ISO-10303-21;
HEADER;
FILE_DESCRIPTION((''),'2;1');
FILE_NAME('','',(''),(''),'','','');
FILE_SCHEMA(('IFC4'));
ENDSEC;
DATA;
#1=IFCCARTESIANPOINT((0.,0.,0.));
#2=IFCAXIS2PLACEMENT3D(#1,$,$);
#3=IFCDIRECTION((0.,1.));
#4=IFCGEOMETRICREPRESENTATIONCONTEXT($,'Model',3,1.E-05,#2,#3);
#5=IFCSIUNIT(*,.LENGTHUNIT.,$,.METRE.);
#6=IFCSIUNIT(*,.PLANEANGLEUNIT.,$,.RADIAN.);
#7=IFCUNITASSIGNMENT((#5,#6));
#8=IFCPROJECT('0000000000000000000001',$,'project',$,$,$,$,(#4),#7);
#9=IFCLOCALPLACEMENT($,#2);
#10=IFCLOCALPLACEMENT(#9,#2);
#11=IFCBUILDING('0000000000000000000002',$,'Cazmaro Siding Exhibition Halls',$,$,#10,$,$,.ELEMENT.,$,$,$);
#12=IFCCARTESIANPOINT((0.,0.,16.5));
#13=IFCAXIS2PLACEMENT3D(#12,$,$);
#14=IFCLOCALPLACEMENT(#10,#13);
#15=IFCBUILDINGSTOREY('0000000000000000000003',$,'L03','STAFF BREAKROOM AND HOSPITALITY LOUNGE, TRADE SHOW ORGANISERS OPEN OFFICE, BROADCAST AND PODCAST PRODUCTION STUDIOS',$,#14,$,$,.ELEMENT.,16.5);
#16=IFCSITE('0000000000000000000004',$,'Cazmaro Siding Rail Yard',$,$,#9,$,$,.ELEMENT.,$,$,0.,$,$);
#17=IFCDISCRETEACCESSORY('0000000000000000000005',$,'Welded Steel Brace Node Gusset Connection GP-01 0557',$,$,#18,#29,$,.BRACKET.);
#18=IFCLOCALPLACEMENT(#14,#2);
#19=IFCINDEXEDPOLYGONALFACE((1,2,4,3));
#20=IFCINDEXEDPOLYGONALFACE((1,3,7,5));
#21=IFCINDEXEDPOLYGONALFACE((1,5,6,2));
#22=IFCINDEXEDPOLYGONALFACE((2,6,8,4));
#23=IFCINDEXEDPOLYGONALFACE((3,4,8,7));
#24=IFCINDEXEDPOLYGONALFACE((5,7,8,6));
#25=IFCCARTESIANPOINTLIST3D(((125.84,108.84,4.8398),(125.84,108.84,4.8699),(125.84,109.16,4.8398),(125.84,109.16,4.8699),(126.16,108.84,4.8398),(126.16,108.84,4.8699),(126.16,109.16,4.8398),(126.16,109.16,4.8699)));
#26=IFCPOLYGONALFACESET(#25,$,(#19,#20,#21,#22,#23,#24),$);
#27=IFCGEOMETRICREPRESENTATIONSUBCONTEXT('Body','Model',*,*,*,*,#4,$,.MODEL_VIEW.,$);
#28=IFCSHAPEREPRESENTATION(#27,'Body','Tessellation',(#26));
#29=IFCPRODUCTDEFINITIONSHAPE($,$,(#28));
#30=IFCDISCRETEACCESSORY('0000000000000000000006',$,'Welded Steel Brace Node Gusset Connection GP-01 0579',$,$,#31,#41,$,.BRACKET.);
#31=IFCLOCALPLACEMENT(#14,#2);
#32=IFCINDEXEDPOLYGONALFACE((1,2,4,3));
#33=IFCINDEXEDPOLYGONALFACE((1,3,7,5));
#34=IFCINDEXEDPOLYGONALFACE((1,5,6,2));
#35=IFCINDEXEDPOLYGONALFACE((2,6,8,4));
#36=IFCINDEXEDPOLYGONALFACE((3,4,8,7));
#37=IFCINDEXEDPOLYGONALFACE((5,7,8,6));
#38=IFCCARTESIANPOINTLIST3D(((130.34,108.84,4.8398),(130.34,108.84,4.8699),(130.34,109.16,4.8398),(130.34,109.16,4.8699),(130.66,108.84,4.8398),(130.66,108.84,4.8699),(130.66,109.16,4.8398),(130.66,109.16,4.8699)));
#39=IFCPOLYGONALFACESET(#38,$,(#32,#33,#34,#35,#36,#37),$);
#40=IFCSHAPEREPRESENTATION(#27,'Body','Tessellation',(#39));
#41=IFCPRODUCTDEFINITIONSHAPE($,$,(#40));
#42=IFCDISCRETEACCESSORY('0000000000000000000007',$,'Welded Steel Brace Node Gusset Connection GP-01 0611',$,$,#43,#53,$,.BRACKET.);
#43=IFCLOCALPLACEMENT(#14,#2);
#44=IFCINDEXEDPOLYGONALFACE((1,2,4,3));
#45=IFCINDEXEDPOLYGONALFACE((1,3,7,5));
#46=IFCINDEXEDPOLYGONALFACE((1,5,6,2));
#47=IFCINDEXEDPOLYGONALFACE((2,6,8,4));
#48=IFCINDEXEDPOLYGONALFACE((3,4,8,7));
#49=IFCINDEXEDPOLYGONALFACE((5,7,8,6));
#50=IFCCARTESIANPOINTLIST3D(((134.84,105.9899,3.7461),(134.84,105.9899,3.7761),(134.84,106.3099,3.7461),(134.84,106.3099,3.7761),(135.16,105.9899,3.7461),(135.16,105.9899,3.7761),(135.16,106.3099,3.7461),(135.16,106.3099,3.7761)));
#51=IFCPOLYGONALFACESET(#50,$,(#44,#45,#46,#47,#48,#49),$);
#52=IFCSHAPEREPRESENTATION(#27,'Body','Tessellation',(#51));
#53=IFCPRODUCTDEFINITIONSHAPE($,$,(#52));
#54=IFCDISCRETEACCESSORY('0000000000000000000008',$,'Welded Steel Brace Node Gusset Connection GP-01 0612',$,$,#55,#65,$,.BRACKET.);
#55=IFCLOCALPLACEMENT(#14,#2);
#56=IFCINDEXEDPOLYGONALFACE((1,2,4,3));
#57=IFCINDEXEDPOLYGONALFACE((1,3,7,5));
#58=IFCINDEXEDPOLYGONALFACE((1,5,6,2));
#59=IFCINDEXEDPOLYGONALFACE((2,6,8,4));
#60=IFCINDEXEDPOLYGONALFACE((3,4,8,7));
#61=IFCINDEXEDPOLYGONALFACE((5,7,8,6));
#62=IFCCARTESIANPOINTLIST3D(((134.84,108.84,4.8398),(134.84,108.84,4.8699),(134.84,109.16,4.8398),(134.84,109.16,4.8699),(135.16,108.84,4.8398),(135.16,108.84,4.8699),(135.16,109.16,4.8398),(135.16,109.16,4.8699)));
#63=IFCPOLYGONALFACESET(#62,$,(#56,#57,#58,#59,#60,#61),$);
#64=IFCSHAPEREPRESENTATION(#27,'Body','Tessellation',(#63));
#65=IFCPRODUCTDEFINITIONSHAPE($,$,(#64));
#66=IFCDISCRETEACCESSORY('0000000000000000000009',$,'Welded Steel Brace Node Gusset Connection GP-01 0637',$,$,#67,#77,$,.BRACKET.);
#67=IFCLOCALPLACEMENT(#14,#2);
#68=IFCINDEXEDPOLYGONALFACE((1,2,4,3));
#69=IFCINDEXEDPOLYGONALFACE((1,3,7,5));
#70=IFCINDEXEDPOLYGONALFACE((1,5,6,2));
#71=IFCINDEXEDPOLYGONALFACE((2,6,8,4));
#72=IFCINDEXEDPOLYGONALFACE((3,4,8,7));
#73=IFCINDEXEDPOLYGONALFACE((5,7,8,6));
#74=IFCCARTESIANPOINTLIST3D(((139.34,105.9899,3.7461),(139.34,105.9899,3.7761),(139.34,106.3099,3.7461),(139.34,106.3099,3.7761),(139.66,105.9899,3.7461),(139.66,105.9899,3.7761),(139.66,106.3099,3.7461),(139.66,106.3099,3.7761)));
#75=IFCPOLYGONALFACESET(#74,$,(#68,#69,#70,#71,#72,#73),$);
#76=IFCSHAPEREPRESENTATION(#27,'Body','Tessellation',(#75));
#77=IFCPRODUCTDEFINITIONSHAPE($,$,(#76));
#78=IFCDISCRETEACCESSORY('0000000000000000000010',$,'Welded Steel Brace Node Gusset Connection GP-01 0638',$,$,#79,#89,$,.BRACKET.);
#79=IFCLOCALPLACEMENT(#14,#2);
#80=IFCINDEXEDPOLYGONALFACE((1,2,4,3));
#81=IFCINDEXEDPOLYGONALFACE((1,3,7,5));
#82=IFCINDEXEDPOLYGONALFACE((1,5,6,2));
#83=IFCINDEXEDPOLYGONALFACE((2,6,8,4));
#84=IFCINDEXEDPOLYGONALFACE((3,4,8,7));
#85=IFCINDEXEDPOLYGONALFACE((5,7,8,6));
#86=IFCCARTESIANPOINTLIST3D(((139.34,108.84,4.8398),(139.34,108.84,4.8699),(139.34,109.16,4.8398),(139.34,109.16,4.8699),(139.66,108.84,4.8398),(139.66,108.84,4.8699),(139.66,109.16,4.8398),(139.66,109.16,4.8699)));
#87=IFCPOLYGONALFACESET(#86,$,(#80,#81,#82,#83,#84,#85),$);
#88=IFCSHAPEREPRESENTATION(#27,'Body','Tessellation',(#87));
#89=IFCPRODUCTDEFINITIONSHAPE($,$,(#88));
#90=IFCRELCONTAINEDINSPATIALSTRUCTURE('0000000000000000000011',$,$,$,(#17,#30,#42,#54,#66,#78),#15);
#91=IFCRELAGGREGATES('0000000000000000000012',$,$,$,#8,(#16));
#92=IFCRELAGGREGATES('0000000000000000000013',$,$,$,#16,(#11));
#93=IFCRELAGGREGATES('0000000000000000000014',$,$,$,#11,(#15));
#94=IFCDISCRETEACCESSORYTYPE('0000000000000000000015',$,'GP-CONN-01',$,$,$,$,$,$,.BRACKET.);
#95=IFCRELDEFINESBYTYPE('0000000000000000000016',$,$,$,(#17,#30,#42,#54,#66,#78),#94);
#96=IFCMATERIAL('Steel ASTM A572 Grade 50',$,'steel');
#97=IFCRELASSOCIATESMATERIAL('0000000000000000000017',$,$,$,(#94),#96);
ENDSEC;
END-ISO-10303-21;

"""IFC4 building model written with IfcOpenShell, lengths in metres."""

from ifc_helpers import new_model, si_unit, direction, frame, origin, origin_2d, place, context, subcontext, project, spatial, rectangle, extrude, material, type_object, element, save


model = new_model("IFC4")

# Units and contexts
model_context = context("Model", 3, precision=1e-05, world=origin(), true_north=direction((0.0, 1.0)))
body_context = subcontext(model_context, "Body", "Model", "MODEL_VIEW")
ifc_project = project(units=[si_unit("LENGTHUNIT", "METRE"), si_unit("PLANEANGLEUNIT", "RADIAN")], contexts=[model_context])

# Site, building, storey
site_placement = place(None, origin())
site = spatial("IfcSite", under=ifc_project, at=site_placement, Name="Cazmaro Siding Rail Yard", CompositionType="ELEMENT", RefElevation=0.0)
building_placement = place(site_placement, origin())
building = spatial("IfcBuilding", under=site, at=building_placement, Name="Cazmaro Siding Exhibition Halls", CompositionType="ELEMENT")
storey_placement = place(building_placement, frame((0.0, 0.0, 16.5)))
storey = spatial("IfcBuildingStorey", under=building, at=storey_placement, Name="L03", Description="STAFF BREAKROOM AND HOSPITALITY LOUNGE, TRADE SHOW ORGANISERS OPEN OFFICE, BROADCAST AND PODCAST PRODUCTION STUDIOS", CompositionType="ELEMENT", Elevation=16.5)

# Discrete accessories
ifc_material_1 = material(Name="Steel ASTM A572 Grade 50", Category="steel")
discrete_accessory_type = type_object("IfcDiscreteAccessoryType", Name="GP-CONN-01", PredefinedType="BRACKET", material=ifc_material_1)
for number, where, z_axis, x_axis, name in (
    (1, (126.0, 109.0, 4.8398), (0.0, 0.0, 1.0), (1.0, 0.0, 0.0), "Welded Steel Brace Node Gusset Connection GP-01 0557"),
    (2, (130.5, 109.0, 4.8398), (0.0, 0.0, 1.0), (1.0, 0.0, 0.0), "Welded Steel Brace Node Gusset Connection GP-01 0579"),
    (3, (135.0, 106.1499, 3.7461), (0.0, 0.0, 1.0), (1.0, 0.0, 0.0), "Welded Steel Brace Node Gusset Connection GP-01 0611"),
    (4, (135.0, 109.0, 4.8398), (0.0, 0.0, 1.0), (1.0, 0.0, 0.0), "Welded Steel Brace Node Gusset Connection GP-01 0612"),
    (5, (139.5, 106.1499, 3.7461), (0.0, 0.0, 1.0), (1.0, 0.0, 0.0), "Welded Steel Brace Node Gusset Connection GP-01 0637"),
    (6, (139.5, 109.0, 4.8398), (0.0, 0.0, 1.0), (1.0, 0.0, 0.0), "Welded Steel Brace Node Gusset Connection GP-01 0638"),
):
    element("IfcDiscreteAccessory", number, at=place(storey_placement, frame(where, z_axis=z_axis, x_axis=x_axis)), inside=storey, type_object=discrete_accessory_type, Name=name, PredefinedType="BRACKET", context=body_context, shape_type="SweptSolid", body=[
        extrude(rectangle(XDim=0.3201, YDim=0.3201, at=origin_2d()), origin(), (0.0, 0.0, 1.0), 0.03),
    ])

save(model, "model.ifc")
